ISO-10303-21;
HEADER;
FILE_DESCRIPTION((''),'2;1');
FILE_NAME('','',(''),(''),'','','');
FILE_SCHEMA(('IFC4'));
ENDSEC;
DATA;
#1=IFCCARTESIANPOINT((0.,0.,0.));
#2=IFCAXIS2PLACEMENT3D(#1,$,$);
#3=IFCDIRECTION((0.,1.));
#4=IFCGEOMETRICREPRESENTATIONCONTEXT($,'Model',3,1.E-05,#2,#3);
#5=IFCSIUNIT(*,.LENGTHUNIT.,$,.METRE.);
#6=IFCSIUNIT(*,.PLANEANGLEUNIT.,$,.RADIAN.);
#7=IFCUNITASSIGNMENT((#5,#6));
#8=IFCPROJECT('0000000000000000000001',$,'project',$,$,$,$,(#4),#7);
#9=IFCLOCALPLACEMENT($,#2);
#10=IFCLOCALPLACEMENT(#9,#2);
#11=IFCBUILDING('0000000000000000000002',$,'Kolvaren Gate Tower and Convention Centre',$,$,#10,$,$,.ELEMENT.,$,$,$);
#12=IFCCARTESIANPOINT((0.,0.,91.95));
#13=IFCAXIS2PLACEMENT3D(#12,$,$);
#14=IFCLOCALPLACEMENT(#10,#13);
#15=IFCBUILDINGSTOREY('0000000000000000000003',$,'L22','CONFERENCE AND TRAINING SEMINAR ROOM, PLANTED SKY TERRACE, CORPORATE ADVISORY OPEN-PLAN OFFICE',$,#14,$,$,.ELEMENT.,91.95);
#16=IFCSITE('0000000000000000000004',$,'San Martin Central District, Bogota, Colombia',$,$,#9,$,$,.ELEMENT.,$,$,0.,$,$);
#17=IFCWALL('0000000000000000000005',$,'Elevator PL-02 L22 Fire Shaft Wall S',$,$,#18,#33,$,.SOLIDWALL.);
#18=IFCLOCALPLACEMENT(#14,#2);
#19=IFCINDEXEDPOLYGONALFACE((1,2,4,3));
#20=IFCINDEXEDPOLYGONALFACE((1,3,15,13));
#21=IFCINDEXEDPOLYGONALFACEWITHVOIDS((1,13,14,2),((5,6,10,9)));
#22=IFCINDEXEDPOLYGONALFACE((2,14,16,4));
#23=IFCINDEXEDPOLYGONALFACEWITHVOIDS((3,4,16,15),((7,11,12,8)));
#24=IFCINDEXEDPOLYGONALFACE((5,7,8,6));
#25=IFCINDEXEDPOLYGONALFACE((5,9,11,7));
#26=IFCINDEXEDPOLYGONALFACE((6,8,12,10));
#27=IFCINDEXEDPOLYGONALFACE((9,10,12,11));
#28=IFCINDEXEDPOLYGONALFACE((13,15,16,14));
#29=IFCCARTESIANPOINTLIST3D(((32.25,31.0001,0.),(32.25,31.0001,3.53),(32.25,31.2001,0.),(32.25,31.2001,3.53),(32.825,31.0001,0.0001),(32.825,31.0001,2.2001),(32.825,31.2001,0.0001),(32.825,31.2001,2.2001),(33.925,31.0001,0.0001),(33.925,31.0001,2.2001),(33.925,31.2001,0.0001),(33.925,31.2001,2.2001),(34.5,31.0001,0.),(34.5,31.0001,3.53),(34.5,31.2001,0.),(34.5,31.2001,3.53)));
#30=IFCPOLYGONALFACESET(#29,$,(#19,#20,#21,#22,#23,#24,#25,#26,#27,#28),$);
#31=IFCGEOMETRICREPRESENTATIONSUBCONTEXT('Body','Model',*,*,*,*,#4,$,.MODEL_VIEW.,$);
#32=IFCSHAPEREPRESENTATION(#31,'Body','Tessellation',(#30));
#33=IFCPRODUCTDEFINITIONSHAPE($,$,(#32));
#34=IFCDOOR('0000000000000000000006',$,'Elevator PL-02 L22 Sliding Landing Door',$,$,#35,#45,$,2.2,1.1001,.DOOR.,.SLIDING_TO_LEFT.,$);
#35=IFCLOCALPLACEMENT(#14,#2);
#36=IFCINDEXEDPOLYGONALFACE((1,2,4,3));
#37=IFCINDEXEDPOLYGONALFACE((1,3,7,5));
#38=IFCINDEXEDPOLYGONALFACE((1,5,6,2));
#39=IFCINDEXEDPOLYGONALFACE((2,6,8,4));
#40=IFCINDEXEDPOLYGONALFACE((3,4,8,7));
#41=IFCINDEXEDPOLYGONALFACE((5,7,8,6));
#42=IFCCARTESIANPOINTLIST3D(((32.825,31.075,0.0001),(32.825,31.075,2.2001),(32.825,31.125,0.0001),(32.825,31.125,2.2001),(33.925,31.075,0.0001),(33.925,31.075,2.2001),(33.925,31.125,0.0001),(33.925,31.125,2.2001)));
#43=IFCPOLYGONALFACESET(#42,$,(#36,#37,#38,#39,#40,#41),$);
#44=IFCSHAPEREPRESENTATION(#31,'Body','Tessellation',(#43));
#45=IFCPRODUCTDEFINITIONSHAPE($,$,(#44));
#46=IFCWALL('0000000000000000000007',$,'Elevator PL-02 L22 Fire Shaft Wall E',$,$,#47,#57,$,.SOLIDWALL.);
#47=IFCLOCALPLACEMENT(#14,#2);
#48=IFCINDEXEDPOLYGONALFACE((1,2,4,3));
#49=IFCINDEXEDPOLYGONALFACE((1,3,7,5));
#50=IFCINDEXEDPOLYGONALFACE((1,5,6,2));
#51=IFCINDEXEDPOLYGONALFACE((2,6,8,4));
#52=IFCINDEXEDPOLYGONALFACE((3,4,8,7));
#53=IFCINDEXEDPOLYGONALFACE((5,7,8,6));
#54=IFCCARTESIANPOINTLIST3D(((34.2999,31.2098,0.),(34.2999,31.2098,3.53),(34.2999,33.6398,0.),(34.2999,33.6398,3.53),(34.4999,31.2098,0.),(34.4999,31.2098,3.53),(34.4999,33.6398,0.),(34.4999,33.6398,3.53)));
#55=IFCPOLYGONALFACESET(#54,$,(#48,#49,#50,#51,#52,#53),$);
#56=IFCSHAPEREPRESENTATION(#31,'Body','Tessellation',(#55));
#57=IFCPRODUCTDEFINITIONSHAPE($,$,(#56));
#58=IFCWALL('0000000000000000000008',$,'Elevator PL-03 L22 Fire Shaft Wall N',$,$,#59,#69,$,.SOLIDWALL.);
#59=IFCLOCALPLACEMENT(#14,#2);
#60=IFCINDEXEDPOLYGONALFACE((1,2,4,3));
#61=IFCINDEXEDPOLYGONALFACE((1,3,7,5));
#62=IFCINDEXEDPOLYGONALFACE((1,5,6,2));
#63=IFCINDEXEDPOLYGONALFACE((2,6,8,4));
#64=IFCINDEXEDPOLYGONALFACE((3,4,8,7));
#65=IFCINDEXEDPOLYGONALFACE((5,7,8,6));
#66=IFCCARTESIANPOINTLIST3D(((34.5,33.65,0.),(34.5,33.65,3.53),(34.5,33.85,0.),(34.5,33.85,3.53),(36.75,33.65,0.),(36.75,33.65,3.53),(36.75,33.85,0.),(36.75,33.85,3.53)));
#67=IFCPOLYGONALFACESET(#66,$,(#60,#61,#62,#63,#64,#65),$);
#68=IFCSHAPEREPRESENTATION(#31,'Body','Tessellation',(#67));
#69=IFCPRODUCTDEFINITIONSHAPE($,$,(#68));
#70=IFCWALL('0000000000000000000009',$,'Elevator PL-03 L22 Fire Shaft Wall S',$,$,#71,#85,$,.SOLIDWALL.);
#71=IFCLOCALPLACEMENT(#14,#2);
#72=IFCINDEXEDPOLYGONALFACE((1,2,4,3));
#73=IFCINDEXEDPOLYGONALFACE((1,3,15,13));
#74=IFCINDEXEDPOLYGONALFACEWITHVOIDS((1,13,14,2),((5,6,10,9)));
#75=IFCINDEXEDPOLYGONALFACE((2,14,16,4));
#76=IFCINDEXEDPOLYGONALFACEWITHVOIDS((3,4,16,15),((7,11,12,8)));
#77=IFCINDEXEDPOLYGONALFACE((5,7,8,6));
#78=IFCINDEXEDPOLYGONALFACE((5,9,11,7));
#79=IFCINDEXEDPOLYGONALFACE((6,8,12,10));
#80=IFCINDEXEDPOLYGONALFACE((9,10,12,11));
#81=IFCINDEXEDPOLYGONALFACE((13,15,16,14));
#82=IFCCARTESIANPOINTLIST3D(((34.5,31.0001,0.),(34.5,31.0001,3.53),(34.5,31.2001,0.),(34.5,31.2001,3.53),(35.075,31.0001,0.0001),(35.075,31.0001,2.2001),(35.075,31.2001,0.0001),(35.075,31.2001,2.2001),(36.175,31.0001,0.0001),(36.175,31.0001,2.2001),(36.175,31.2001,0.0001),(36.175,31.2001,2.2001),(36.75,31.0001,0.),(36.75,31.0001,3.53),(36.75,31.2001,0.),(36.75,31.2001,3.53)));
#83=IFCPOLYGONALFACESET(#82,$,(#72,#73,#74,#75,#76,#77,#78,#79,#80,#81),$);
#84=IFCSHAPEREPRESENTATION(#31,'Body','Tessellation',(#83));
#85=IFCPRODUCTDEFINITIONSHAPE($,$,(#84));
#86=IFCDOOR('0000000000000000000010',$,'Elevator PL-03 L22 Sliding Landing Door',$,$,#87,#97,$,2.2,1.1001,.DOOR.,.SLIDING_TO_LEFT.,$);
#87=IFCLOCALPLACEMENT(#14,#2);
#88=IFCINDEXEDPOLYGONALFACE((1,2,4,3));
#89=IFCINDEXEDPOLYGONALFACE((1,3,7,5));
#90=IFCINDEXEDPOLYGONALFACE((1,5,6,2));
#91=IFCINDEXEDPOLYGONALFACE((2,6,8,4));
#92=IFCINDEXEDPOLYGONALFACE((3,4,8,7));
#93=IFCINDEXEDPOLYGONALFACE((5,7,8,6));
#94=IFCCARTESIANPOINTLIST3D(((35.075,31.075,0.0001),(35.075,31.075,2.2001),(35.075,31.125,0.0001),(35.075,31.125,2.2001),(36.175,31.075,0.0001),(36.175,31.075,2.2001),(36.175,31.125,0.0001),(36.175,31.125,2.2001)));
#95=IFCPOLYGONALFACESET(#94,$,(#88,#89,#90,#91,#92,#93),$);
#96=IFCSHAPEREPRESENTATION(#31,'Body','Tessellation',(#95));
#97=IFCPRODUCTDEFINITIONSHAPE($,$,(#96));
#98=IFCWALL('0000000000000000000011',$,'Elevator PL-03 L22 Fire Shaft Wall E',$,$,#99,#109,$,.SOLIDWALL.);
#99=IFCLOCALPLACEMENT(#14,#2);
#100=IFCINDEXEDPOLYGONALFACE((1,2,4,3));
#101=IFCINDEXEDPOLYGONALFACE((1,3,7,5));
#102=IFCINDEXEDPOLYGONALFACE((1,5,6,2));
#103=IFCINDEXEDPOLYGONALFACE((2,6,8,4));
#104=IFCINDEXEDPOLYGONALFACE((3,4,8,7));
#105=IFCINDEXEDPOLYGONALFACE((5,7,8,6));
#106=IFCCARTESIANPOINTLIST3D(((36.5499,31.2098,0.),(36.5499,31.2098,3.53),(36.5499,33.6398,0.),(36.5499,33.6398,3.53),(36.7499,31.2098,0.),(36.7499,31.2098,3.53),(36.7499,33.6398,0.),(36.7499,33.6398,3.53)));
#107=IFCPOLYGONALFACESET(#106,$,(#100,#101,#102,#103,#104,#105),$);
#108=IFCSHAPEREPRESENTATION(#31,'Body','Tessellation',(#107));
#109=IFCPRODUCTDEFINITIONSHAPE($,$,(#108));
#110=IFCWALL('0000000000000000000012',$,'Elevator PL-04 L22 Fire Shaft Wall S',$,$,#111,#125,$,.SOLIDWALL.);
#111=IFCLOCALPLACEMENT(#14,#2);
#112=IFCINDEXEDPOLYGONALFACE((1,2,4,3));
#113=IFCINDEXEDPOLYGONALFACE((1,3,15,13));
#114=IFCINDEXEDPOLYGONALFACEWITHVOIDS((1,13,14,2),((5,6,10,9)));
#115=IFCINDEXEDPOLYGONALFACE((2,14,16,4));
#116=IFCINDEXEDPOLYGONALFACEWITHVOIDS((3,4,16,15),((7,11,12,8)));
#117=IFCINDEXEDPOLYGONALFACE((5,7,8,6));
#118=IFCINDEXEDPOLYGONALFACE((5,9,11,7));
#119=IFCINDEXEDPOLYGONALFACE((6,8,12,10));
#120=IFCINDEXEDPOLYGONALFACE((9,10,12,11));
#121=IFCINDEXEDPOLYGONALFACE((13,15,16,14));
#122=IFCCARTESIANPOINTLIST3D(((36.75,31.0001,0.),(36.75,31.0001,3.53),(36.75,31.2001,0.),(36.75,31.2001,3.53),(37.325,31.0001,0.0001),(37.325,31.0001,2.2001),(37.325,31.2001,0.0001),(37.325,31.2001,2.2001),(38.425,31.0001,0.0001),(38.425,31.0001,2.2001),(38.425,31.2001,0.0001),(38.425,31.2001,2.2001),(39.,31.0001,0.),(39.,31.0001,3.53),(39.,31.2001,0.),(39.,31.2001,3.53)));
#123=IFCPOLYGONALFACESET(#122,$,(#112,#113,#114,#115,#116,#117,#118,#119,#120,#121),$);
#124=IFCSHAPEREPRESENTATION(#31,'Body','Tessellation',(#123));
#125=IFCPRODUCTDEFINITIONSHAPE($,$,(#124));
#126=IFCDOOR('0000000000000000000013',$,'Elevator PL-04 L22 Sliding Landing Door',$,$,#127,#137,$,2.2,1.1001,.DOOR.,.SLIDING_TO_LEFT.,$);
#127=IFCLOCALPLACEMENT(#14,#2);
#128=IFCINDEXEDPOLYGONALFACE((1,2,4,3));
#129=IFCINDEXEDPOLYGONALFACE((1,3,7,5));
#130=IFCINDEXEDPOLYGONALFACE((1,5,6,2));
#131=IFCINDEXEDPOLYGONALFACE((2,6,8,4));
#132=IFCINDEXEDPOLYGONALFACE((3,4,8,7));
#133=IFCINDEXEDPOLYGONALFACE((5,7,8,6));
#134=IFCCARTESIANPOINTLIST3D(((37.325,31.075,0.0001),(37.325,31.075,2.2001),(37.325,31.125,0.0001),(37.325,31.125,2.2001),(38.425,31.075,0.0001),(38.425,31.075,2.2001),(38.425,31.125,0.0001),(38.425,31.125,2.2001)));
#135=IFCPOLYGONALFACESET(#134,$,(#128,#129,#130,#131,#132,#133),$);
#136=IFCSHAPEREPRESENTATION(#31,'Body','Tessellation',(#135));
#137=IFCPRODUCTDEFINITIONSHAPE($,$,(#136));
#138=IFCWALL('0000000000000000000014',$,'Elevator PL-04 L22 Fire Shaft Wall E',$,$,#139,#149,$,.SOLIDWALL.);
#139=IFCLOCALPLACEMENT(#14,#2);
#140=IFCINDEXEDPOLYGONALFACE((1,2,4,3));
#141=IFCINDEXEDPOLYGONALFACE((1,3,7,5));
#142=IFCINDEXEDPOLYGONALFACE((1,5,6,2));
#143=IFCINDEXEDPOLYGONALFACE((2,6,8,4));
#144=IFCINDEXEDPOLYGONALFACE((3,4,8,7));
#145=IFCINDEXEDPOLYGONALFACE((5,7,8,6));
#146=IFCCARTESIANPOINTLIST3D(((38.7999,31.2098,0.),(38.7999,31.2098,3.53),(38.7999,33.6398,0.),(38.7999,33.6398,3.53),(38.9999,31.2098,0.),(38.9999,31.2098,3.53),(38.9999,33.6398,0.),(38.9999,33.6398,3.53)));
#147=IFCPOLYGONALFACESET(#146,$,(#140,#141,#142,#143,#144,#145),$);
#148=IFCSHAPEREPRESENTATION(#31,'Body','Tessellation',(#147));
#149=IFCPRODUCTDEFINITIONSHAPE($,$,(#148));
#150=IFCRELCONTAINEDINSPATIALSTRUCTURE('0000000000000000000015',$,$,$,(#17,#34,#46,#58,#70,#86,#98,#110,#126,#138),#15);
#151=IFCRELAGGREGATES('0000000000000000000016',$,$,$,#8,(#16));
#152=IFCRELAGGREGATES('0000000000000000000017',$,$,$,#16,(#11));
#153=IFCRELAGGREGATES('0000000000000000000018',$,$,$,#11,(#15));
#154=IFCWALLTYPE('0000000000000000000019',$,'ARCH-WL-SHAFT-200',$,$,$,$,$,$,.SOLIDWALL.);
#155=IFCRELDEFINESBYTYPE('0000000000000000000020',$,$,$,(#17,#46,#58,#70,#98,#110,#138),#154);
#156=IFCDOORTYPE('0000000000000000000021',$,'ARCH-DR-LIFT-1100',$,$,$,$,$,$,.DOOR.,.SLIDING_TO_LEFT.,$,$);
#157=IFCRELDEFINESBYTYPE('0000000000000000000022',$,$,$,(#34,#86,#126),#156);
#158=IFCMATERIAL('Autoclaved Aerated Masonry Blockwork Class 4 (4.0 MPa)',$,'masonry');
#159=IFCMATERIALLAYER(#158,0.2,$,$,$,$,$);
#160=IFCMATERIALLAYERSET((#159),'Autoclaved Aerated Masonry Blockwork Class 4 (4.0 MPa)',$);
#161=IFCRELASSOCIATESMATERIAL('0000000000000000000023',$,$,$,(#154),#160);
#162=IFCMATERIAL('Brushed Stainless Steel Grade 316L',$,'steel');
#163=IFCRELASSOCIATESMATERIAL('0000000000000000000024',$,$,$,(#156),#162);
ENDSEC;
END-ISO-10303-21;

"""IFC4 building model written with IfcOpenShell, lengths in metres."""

from ifc_helpers import new_model, si_unit, direction, frame, frame_2d, origin, place, context, subcontext, project, spatial, rectangle, extrude, material, layer, layer_set, type_object, element, fill, save


model = new_model("IFC4")

# Units and contexts
model_context = context("Model", 3, precision=1e-05, world=origin(), true_north=direction((0.0, 1.0)))
body_context = subcontext(model_context, "Body", "Model", "MODEL_VIEW")
ifc_project = project(units=[si_unit("LENGTHUNIT", "METRE"), si_unit("PLANEANGLEUNIT", "RADIAN")], contexts=[model_context])

# Site, building, storey
site_placement = place(None, origin())
site = spatial("IfcSite", under=ifc_project, at=site_placement, Name="San Martin Central District, Bogota, Colombia", CompositionType="ELEMENT", RefElevation=0.0)
building_placement = place(site_placement, origin())
building = spatial("IfcBuilding", under=site, at=building_placement, Name="Kolvaren Gate Tower and Convention Centre", CompositionType="ELEMENT")
storey_placement = place(building_placement, frame((0.0, 0.0, 91.95)))
storey = spatial("IfcBuildingStorey", under=building, at=storey_placement, Name="L22", Description="CONFERENCE AND TRAINING SEMINAR ROOM, PLANTED SKY TERRACE, CORPORATE ADVISORY OPEN-PLAN OFFICE", CompositionType="ELEMENT", Elevation=91.95)

# Shared definitions
ifc_material_1 = material(Name="Autoclaved Aerated Masonry Blockwork Class 4 (4.0 MPa)", Category="masonry")
ifc_layer_1 = layer(ifc_material_1, 0.2)
ifc_layer_set_1 = layer_set([ifc_layer_1], Name="Autoclaved Aerated Masonry Blockwork Class 4 (4.0 MPa)")
wall_type_1 = type_object("IfcWallType", Name="ARCH-WL-SHAFT-200", PredefinedType="SOLIDWALL", material=ifc_layer_set_1)

# Shared definitions
ifc_material_2 = material(Name="Brushed Stainless Steel Grade 316L", Category="steel")
door_type_1 = type_object("IfcDoorType", Name="ARCH-DR-LIFT-1100", OperationType="SLIDING_TO_LEFT", PredefinedType="DOOR", material=ifc_material_2)

# Wall, opening, door
wall_1_placement = place(storey_placement, frame((32.25, 31.1001, 0.0), z_axis=(0.0, 0.0, 1.0), x_axis=(1.0, 0.0, 0.0)))
wall_1 = element("IfcWall", 1, at=wall_1_placement, inside=storey, type_object=wall_type_1, Name="Elevator PL-02 L22 Fire Shaft Wall S", PredefinedType="SOLIDWALL", context=body_context, shape_type="SweptSolid", body=[
    extrude(rectangle(XDim=2.25, YDim=0.2, at=frame_2d((1.125, 0.0))), origin(), (0.0, 0.0, 1.0), 3.53),
])
opening_1_placement = place(wall_1_placement, frame((0.575, 0.0, 0.0)))
opening_1 = element("IfcOpeningElement", 2, at=opening_1_placement, cuts=wall_1, PredefinedType="OPENING", context=body_context, shape_type="SweptSolid", body=[
    extrude(rectangle(XDim=1.1001, YDim=2.2, at=frame_2d((0.55, 1.1001))), frame((0.0, 0.1099, 0.0), z_axis=(0.0, -1.0, 0.0), x_axis=(1.0, 0.0, 0.0)), (0.0, 0.0, 1.0), 0.22),
])
door_1_placement = place(opening_1_placement, origin())
door_1 = element("IfcDoor", 3, at=door_1_placement, inside=storey, type_object=door_type_1, Name="Elevator PL-02 L22 Sliding Landing Door", OperationType="SLIDING_TO_LEFT", OverallHeight=2.2, OverallWidth=1.1001, PredefinedType="DOOR", context=body_context, shape_type="SweptSolid", body=[
    extrude(rectangle(XDim=1.1001, YDim=2.2, at=frame_2d((0.55, 1.1001))), frame((0.0, 0.0249, 0.0), z_axis=(0.0, -1.0, 0.0), x_axis=(1.0, 0.0, 0.0)), (0.0, 0.0, 1.0), 0.05),
])
fill(opening_1, door_1)

# Walls
wall_2_placement = place(storey_placement, frame((34.3999, 31.21, 0.0), z_axis=(0.0, 0.0, 1.0), x_axis=(0.0, 1.0, 0.0)))
element("IfcWall", 4, at=wall_2_placement, inside=storey, type_object=wall_type_1, Name="Elevator PL-02 L22 Fire Shaft Wall E", PredefinedType="SOLIDWALL", context=body_context, shape_type="SweptSolid", body=[
    extrude(rectangle(XDim=2.4299, YDim=0.2, at=frame_2d((1.2148, 0.0))), origin(), (0.0, 0.0, 1.0), 3.53),
])
wall_3_placement = place(storey_placement, frame((34.5, 33.75, 0.0), z_axis=(0.0, 0.0, 1.0), x_axis=(1.0, 0.0, 0.0)))
element("IfcWall", 5, at=wall_3_placement, inside=storey, type_object=wall_type_1, Name="Elevator PL-03 L22 Fire Shaft Wall N", PredefinedType="SOLIDWALL", context=body_context, shape_type="SweptSolid", body=[
    extrude(rectangle(XDim=2.25, YDim=0.2, at=frame_2d((1.125, 0.0))), origin(), (0.0, 0.0, 1.0), 3.53),
])

# Wall, opening, door
wall_4_placement = place(storey_placement, frame((34.5, 31.1001, 0.0), z_axis=(0.0, 0.0, 1.0), x_axis=(1.0, 0.0, 0.0)))
wall_4 = element("IfcWall", 6, at=wall_4_placement, inside=storey, type_object=wall_type_1, Name="Elevator PL-03 L22 Fire Shaft Wall S", PredefinedType="SOLIDWALL", context=body_context, shape_type="SweptSolid", body=[
    extrude(rectangle(XDim=2.25, YDim=0.2, at=frame_2d((1.125, 0.0))), origin(), (0.0, 0.0, 1.0), 3.53),
])
opening_2_placement = place(wall_4_placement, frame((0.575, 0.0, 0.0)))
opening_2 = element("IfcOpeningElement", 7, at=opening_2_placement, cuts=wall_4, PredefinedType="OPENING", context=body_context, shape_type="SweptSolid", body=[
    extrude(rectangle(XDim=1.1001, YDim=2.2, at=frame_2d((0.55, 1.1001))), frame((0.0, 0.1099, 0.0), z_axis=(0.0, -1.0, 0.0), x_axis=(1.0, 0.0, 0.0)), (0.0, 0.0, 1.0), 0.22),
])
door_2_placement = place(opening_2_placement, origin())
door_2 = element("IfcDoor", 8, at=door_2_placement, inside=storey, type_object=door_type_1, Name="Elevator PL-03 L22 Sliding Landing Door", OperationType="SLIDING_TO_LEFT", OverallHeight=2.2, OverallWidth=1.1001, PredefinedType="DOOR", context=body_context, shape_type="SweptSolid", body=[
    extrude(rectangle(XDim=1.1001, YDim=2.2, at=frame_2d((0.55, 1.1001))), frame((0.0, 0.0249, 0.0), z_axis=(0.0, -1.0, 0.0), x_axis=(1.0, 0.0, 0.0)), (0.0, 0.0, 1.0), 0.05),
])
fill(opening_2, door_2)

# Wall
wall_5_placement = place(storey_placement, frame((36.6499, 31.21, 0.0), z_axis=(0.0, 0.0, 1.0), x_axis=(0.0, 1.0, 0.0)))
element("IfcWall", 9, at=wall_5_placement, inside=storey, type_object=wall_type_1, Name="Elevator PL-03 L22 Fire Shaft Wall E", PredefinedType="SOLIDWALL", context=body_context, shape_type="SweptSolid", body=[
    extrude(rectangle(XDim=2.4299, YDim=0.2, at=frame_2d((1.2148, 0.0))), origin(), (0.0, 0.0, 1.0), 3.53),
])

# Wall, opening, door
wall_6_placement = place(storey_placement, frame((36.75, 31.1001, 0.0), z_axis=(0.0, 0.0, 1.0), x_axis=(1.0, 0.0, 0.0)))
wall_6 = element("IfcWall", 10, at=wall_6_placement, inside=storey, type_object=wall_type_1, Name="Elevator PL-04 L22 Fire Shaft Wall S", PredefinedType="SOLIDWALL", context=body_context, shape_type="SweptSolid", body=[
    extrude(rectangle(XDim=2.25, YDim=0.2, at=frame_2d((1.125, 0.0))), origin(), (0.0, 0.0, 1.0), 3.53),
])
opening_3_placement = place(wall_6_placement, frame((0.575, 0.0, 0.0)))
opening_3 = element("IfcOpeningElement", 11, at=opening_3_placement, cuts=wall_6, PredefinedType="OPENING", context=body_context, shape_type="SweptSolid", body=[
    extrude(rectangle(XDim=1.1001, YDim=2.2, at=frame_2d((0.55, 1.1001))), frame((0.0, 0.1099, 0.0), z_axis=(0.0, -1.0, 0.0), x_axis=(1.0, 0.0, 0.0)), (0.0, 0.0, 1.0), 0.22),
])
door_3_placement = place(opening_3_placement, origin())
door_3 = element("IfcDoor", 12, at=door_3_placement, inside=storey, type_object=door_type_1, Name="Elevator PL-04 L22 Sliding Landing Door", OperationType="SLIDING_TO_LEFT", OverallHeight=2.2, OverallWidth=1.1001, PredefinedType="DOOR", context=body_context, shape_type="SweptSolid", body=[
    extrude(rectangle(XDim=1.1001, YDim=2.2, at=frame_2d((0.55, 1.1001))), frame((0.0, 0.0249, 0.0), z_axis=(0.0, -1.0, 0.0), x_axis=(1.0, 0.0, 0.0)), (0.0, 0.0, 1.0), 0.05),
])
fill(opening_3, door_3)

# Wall
wall_7_placement = place(storey_placement, frame((38.8999, 31.21, 0.0), z_axis=(0.0, 0.0, 1.0), x_axis=(0.0, 1.0, 0.0)))
element("IfcWall", 13, at=wall_7_placement, inside=storey, type_object=wall_type_1, Name="Elevator PL-04 L22 Fire Shaft Wall E", PredefinedType="SOLIDWALL", context=body_context, shape_type="SweptSolid", body=[
    extrude(rectangle(XDim=2.4299, YDim=0.2, at=frame_2d((1.2148, 0.0))), origin(), (0.0, 0.0, 1.0), 3.53),
])

save(model, "model.ifc")
